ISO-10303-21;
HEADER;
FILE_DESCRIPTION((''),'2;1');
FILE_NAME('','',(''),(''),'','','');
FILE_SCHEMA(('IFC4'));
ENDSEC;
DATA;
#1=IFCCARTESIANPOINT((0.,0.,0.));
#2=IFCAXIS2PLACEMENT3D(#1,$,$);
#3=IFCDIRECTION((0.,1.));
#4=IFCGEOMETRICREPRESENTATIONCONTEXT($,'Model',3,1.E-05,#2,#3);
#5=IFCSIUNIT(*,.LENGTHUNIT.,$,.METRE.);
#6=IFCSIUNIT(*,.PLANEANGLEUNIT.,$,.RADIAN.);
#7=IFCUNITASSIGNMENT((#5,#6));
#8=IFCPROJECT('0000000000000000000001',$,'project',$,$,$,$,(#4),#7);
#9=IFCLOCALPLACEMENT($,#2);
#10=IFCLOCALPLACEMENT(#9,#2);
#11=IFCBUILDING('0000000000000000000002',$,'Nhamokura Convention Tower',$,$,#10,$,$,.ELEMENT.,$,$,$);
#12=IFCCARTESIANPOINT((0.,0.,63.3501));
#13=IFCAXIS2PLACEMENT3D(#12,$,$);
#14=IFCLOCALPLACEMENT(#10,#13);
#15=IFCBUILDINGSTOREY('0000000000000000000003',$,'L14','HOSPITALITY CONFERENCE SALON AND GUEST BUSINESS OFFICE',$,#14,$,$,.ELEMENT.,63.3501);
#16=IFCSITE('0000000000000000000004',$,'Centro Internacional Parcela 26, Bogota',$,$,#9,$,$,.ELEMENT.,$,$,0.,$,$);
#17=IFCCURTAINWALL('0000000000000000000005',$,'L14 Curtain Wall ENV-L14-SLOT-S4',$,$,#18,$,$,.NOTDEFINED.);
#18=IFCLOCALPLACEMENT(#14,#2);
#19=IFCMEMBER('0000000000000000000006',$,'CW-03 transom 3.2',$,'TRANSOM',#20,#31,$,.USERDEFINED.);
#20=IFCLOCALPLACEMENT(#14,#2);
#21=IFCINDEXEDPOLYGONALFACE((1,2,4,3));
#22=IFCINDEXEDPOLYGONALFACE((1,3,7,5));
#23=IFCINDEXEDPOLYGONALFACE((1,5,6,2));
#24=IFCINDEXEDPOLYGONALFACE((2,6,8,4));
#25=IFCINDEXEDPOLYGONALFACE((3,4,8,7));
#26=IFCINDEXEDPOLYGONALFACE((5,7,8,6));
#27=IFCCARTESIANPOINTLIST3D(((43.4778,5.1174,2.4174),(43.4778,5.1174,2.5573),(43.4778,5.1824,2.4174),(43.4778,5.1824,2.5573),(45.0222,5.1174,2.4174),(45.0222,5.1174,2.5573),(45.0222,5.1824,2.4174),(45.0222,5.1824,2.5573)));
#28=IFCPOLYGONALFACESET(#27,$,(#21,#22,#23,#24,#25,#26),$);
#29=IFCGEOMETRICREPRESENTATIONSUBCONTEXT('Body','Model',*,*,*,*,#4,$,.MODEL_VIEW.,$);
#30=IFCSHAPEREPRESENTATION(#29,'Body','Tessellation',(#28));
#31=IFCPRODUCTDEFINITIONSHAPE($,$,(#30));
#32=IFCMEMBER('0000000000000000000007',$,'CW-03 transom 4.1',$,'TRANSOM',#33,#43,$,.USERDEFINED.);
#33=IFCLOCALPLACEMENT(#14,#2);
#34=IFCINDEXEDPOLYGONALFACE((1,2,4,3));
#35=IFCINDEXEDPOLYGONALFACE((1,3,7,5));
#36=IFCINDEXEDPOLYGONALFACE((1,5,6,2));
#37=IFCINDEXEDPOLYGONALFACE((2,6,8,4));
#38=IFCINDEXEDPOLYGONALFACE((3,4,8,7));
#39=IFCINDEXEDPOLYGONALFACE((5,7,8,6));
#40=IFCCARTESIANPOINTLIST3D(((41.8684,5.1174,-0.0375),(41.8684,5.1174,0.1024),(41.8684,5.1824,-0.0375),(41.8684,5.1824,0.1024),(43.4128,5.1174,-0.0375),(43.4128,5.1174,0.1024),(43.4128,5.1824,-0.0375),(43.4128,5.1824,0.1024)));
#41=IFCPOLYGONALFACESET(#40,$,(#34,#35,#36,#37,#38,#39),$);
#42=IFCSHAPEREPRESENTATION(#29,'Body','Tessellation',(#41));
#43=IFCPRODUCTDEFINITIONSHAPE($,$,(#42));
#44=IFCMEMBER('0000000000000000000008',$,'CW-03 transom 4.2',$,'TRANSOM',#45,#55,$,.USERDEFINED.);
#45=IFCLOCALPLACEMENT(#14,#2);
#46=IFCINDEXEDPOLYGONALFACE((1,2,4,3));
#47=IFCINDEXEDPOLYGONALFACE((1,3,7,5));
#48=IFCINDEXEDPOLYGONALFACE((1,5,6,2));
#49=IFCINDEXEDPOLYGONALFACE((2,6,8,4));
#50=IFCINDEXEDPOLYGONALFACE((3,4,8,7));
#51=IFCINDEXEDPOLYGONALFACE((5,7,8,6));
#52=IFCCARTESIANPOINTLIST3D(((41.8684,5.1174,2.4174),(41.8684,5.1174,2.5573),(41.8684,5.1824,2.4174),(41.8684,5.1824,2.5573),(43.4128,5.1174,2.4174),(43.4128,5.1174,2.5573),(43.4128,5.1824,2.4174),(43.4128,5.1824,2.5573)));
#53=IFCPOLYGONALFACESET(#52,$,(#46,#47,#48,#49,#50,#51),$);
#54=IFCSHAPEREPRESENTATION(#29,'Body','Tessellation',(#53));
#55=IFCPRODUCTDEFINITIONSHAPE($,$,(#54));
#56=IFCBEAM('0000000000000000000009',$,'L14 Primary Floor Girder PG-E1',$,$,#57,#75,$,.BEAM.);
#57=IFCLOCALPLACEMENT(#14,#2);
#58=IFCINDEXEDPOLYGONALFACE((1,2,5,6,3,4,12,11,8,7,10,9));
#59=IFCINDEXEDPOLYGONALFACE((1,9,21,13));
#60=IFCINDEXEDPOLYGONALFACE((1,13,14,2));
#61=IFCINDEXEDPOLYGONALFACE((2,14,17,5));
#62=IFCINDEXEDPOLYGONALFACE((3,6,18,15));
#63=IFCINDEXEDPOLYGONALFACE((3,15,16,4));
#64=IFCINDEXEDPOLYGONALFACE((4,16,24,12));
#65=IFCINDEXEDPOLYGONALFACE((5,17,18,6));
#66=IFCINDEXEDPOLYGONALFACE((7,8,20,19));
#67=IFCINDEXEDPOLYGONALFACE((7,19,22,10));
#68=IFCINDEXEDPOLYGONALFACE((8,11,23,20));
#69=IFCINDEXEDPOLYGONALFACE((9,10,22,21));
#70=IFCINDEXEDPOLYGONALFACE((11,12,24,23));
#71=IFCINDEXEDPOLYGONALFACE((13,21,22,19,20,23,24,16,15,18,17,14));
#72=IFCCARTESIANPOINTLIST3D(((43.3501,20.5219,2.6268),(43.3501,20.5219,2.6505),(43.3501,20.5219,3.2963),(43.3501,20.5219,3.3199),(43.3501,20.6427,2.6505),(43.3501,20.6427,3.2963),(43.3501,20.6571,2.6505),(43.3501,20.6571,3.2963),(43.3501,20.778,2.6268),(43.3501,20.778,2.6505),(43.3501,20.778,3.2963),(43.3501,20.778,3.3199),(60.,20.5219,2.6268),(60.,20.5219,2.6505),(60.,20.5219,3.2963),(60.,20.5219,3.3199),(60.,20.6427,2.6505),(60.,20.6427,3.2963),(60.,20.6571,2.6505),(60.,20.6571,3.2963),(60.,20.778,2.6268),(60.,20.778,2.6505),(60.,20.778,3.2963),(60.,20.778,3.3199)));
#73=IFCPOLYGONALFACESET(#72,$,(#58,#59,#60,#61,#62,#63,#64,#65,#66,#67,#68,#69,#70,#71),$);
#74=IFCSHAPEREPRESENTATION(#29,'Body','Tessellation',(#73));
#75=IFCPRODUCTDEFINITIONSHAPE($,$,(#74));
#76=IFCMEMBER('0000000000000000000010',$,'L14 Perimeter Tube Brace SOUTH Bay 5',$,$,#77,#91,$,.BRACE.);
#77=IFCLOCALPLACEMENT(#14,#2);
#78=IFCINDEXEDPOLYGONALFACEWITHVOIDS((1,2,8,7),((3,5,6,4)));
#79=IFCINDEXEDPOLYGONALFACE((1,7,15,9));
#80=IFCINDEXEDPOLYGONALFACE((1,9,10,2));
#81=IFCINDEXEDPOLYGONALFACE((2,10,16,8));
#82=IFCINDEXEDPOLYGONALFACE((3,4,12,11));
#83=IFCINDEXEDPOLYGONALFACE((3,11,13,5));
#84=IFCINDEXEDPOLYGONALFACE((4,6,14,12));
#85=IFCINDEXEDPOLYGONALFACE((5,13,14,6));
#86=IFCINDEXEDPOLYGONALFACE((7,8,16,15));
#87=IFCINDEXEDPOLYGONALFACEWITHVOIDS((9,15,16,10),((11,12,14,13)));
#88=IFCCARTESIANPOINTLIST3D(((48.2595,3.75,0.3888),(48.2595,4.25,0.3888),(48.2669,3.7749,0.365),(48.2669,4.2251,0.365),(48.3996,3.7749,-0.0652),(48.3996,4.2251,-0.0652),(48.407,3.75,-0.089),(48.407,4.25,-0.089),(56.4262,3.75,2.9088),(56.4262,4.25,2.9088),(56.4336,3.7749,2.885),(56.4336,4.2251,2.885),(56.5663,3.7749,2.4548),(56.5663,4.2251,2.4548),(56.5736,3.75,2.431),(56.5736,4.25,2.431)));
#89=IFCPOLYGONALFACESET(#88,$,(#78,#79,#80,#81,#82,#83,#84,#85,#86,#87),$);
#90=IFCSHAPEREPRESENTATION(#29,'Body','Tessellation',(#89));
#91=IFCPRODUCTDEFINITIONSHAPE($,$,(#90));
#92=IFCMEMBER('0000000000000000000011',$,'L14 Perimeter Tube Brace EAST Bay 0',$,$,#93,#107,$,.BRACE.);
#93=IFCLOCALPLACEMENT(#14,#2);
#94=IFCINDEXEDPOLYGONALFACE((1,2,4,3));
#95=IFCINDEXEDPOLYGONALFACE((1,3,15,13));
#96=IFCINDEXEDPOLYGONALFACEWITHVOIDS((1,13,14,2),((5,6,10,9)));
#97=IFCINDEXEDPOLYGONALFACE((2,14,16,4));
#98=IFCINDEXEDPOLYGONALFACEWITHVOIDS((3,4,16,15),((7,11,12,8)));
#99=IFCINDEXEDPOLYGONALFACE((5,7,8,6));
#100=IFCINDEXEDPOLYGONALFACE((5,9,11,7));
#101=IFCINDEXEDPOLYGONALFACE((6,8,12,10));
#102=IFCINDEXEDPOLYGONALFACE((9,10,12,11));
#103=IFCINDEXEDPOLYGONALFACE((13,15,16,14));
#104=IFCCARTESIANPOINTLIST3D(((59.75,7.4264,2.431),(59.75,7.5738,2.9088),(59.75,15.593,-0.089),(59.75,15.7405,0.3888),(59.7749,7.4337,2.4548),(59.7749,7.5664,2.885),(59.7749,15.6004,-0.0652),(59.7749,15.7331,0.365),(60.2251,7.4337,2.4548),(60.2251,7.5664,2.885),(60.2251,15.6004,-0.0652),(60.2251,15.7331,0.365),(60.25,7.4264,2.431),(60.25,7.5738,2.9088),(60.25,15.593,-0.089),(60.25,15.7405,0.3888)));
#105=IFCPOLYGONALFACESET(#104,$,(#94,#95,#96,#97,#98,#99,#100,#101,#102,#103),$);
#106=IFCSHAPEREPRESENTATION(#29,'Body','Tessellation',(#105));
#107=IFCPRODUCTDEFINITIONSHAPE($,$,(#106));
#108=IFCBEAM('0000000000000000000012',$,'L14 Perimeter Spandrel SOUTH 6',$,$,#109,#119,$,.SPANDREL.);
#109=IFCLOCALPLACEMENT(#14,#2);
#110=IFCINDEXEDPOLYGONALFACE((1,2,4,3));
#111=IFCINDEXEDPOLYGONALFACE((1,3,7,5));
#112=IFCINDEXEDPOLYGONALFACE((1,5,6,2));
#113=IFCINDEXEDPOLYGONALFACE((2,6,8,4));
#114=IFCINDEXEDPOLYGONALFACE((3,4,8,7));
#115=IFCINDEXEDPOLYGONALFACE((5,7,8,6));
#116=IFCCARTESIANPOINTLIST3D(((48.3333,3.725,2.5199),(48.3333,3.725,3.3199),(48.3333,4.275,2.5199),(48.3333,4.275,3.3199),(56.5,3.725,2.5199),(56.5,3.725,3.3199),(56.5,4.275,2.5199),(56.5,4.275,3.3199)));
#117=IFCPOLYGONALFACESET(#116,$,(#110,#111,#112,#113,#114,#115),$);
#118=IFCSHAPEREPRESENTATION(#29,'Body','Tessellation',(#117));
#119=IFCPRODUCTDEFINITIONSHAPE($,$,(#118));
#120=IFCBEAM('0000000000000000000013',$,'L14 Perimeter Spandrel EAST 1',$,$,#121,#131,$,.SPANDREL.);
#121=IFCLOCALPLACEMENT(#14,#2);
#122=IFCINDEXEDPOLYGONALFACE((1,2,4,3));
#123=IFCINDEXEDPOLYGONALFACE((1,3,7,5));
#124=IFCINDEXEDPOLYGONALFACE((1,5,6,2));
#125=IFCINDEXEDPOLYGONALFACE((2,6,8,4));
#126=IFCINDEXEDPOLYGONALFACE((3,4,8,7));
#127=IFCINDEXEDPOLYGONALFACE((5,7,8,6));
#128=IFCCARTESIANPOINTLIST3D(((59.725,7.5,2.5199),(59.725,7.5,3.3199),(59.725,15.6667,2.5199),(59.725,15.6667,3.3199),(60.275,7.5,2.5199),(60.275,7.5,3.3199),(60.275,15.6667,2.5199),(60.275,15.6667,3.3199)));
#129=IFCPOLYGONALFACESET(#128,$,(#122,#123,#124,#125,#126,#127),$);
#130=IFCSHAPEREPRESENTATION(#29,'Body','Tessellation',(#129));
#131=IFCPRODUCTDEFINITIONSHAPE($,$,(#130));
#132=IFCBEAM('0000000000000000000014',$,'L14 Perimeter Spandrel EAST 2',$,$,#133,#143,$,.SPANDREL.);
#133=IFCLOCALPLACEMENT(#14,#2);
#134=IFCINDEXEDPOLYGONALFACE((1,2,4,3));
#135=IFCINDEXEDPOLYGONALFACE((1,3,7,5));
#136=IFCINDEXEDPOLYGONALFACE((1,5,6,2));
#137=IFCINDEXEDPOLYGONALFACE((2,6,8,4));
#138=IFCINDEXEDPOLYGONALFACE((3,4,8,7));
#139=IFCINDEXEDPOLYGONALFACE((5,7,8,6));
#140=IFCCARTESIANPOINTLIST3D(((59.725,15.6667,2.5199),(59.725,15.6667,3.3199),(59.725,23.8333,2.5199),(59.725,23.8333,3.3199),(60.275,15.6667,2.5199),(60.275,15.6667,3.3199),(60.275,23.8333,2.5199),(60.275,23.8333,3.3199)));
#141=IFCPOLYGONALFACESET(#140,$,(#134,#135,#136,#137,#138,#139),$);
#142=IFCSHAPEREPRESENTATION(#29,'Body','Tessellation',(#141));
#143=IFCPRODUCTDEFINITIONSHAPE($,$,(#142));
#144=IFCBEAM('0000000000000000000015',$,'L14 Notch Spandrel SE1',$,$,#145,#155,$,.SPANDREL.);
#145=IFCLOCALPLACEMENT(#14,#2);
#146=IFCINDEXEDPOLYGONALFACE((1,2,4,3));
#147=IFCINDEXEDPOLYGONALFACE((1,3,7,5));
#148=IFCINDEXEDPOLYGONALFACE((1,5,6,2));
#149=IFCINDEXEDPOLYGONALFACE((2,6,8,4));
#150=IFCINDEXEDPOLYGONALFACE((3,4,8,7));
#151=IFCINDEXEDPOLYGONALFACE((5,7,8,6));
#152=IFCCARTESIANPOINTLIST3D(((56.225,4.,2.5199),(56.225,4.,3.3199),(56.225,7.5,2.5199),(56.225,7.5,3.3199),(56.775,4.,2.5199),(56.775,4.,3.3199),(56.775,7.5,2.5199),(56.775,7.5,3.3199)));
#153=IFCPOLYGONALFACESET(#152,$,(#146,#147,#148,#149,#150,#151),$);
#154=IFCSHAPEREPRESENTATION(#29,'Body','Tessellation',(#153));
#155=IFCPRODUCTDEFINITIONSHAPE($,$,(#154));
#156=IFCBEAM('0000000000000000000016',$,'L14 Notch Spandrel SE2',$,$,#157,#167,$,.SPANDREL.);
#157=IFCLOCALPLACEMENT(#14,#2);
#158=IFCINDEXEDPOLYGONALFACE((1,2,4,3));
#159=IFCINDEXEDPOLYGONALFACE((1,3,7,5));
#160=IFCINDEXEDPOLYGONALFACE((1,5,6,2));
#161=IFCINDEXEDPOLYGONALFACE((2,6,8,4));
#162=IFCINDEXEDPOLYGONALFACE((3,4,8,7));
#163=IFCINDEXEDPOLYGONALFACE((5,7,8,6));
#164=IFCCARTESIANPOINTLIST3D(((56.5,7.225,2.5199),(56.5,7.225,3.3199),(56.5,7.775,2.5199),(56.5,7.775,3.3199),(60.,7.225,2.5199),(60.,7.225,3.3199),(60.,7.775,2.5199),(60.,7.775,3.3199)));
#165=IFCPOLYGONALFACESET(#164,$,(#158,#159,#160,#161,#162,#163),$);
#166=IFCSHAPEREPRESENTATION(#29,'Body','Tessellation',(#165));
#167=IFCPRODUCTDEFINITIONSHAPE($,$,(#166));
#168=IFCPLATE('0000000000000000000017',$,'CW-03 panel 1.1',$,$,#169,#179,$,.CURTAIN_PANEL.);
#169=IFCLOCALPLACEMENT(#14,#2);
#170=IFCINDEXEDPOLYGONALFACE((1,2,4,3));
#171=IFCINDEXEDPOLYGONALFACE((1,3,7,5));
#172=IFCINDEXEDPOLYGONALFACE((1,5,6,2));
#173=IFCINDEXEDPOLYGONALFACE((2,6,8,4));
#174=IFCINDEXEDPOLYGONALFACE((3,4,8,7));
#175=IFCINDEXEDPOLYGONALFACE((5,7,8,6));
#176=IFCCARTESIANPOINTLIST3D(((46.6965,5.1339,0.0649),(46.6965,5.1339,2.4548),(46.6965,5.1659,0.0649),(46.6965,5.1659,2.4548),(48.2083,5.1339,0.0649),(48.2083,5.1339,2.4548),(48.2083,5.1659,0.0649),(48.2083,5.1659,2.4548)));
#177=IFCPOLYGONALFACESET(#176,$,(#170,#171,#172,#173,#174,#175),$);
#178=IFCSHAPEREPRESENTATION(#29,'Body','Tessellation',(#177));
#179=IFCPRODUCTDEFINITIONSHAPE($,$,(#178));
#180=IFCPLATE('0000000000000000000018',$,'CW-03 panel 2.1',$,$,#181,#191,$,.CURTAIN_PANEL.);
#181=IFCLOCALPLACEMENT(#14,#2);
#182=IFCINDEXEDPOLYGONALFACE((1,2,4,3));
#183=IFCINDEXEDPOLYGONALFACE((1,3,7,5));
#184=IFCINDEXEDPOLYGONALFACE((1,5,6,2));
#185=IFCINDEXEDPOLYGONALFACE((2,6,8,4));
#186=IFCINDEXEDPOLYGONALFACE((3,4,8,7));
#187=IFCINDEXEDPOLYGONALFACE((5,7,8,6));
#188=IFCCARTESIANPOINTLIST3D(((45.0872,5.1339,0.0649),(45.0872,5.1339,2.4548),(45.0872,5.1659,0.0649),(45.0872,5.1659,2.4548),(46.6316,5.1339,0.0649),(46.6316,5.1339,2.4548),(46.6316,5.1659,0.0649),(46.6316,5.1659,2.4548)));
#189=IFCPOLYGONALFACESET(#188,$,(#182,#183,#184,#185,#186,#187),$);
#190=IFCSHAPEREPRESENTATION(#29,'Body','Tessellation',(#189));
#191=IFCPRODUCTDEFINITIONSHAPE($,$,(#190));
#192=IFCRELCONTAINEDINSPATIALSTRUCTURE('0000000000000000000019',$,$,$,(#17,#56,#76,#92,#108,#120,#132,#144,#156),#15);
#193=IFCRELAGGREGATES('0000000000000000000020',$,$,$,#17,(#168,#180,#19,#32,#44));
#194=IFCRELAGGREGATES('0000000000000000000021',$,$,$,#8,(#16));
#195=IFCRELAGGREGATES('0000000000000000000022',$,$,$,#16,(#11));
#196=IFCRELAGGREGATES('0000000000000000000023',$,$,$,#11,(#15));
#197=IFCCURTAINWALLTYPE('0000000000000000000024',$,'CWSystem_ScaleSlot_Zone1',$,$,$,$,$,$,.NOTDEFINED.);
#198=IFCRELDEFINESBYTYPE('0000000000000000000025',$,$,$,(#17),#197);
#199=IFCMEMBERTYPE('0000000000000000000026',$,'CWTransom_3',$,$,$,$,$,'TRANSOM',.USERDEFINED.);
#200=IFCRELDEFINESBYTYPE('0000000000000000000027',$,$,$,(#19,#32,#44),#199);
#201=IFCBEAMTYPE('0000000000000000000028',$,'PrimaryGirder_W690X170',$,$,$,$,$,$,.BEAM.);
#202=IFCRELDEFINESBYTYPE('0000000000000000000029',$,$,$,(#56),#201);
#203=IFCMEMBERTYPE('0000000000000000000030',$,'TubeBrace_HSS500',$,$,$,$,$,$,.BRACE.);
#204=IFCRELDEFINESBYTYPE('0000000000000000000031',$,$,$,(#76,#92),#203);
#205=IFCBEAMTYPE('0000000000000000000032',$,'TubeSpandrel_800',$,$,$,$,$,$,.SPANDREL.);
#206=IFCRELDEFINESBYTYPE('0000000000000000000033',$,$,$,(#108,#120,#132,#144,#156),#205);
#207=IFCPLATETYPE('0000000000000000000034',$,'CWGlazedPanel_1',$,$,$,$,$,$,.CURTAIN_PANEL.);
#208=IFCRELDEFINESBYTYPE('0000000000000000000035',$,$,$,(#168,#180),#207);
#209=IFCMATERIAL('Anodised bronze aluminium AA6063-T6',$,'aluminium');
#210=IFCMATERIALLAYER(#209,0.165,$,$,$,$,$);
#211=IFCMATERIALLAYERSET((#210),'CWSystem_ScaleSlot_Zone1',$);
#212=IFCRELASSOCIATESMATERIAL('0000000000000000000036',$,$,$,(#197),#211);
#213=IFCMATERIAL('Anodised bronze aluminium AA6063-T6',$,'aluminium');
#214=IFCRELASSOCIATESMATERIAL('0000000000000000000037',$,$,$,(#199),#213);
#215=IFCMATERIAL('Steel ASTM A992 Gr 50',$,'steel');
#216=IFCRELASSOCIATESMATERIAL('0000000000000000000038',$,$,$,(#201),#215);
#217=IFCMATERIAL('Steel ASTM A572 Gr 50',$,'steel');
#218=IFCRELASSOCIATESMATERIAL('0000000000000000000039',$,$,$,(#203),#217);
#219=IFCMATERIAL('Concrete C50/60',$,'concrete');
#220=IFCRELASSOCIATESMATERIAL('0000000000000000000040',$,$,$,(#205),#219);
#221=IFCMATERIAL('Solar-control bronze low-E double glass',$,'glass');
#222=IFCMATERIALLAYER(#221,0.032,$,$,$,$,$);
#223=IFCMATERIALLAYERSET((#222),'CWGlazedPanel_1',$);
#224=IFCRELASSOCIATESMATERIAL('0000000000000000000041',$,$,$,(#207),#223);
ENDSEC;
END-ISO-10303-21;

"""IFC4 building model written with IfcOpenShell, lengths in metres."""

from ifc_helpers import new_model, si_unit, direction, frame, origin, origin_2d, place, context, subcontext, project, spatial, rectangle, hollow_rectangle, i_section, extrude, material, layer, layer_set, material_profile, profile_set, type_object, element, aggregate, save


model = new_model("IFC4")

# Units and contexts
model_context = context("Model", 3, precision=1e-05, world=origin(), true_north=direction((0.0, 1.0)))
body_context = subcontext(model_context, "Body", "Model", "MODEL_VIEW")
ifc_project = project(units=[si_unit("LENGTHUNIT", "METRE"), si_unit("PLANEANGLEUNIT", "RADIAN")], contexts=[model_context])

# Site, building, storey
site_placement = place(None, origin())
site = spatial("IfcSite", under=ifc_project, at=site_placement, Name="Centro Internacional Parcela 26, Bogota", CompositionType="ELEMENT", RefElevation=0.0)
building_placement = place(site_placement, origin())
building = spatial("IfcBuilding", under=site, at=building_placement, Name="Nhamokura Convention Tower", CompositionType="ELEMENT")
storey_placement = place(building_placement, frame((0.0, 0.0, 63.3501)))
storey = spatial("IfcBuildingStorey", under=building, at=storey_placement, Name="L14", Description="HOSPITALITY CONFERENCE SALON AND GUEST BUSINESS OFFICE", CompositionType="ELEMENT", Elevation=63.3501)

# Curtain wall, members
ifc_material_1 = material(Name="Anodised bronze aluminium AA6063-T6", Category="aluminium")
ifc_layer_1 = layer(ifc_material_1, 0.165)
ifc_layer_set_1 = layer_set([ifc_layer_1], Name="CWSystem_ScaleSlot_Zone1")
curtain_wall_type = type_object("IfcCurtainWallType", Name="CWSystem_ScaleSlot_Zone1", PredefinedType="NOTDEFINED", material=ifc_layer_set_1)
curtain_wall_placement = place(storey_placement, origin())
curtain_wall = element("IfcCurtainWall", 1, at=curtain_wall_placement, inside=storey, type_object=curtain_wall_type, Name="L14 Curtain Wall ENV-L14-SLOT-S4", PredefinedType="NOTDEFINED")
ifc_material_2 = material(Name="Anodised bronze aluminium AA6063-T6", Category="aluminium")
ifc_material_profile_1 = material_profile(ifc_material_2, rectangle(XDim=0.0649, YDim=0.1399, at=origin_2d()))
ifc_profile_set_1 = profile_set([ifc_material_profile_1], Name="Anodised bronze aluminium AA6063-T6")
member_type_1 = type_object("IfcMemberType", Name="CWTransom_3", ElementType="TRANSOM", PredefinedType="USERDEFINED", material=ifc_profile_set_1)
member_1_placement = place(storey_placement, frame((45.0222, 5.1499, 2.4873), z_axis=(-1.0, 0.0, 0.0), x_axis=(0.0, -1.0, 0.0)))
member_1 = element("IfcMember", 2, at=member_1_placement, type_object=member_type_1, Name="CW-03 transom 3.2", ObjectType="TRANSOM", PredefinedType="USERDEFINED", context=body_context, shape_type="SweptSolid", body=[
    extrude(rectangle(XDim=0.0649, YDim=0.1399, at=origin_2d()), origin(), (0.0, 0.0, 1.0), 1.5444),
])
member_2_placement = place(storey_placement, frame((43.4128, 5.1499, 0.0325), z_axis=(-1.0, 0.0, 0.0), x_axis=(0.0, -1.0, 0.0)))
member_2 = element("IfcMember", 3, at=member_2_placement, type_object=member_type_1, Name="CW-03 transom 4.1", ObjectType="TRANSOM", PredefinedType="USERDEFINED", context=body_context, shape_type="SweptSolid", body=[
    extrude(rectangle(XDim=0.0649, YDim=0.1399, at=origin_2d()), origin(), (0.0, 0.0, 1.0), 1.5444),
])
member_3_placement = place(storey_placement, frame((43.4128, 5.1499, 2.4873), z_axis=(-1.0, 0.0, 0.0), x_axis=(0.0, -1.0, 0.0)))
member_3 = element("IfcMember", 4, at=member_3_placement, type_object=member_type_1, Name="CW-03 transom 4.2", ObjectType="TRANSOM", PredefinedType="USERDEFINED", context=body_context, shape_type="SweptSolid", body=[
    extrude(rectangle(XDim=0.0649, YDim=0.1399, at=origin_2d()), origin(), (0.0, 0.0, 1.0), 1.5444),
])

# Beam
ifc_material_3 = material(Name="Steel ASTM A992 Gr 50", Category="steel")
ifc_material_profile_2 = material_profile(ifc_material_3, i_section(OverallWidth=0.2561, OverallDepth=0.6931, WebThickness=0.0144, FlangeThickness=0.0237, at=origin_2d()))
ifc_profile_set_2 = profile_set([ifc_material_profile_2], Name="Steel ASTM A992 Gr 50")
beam_type_1 = type_object("IfcBeamType", Name="PrimaryGirder_W690X170", PredefinedType="BEAM", material=ifc_profile_set_2)
beam_1_placement = place(storey_placement, frame((43.3501, 20.6499, 2.9734), z_axis=(1.0, 0.0, 0.0), x_axis=(0.0, 1.0, 0.0)))
element("IfcBeam", 5, at=beam_1_placement, inside=storey, type_object=beam_type_1, Name="L14 Primary Floor Girder PG-E1", PredefinedType="BEAM", context=body_context, shape_type="SweptSolid", body=[
    extrude(i_section(OverallWidth=0.2561, OverallDepth=0.6931, WebThickness=0.0144, FlangeThickness=0.0237, at=origin_2d()), origin(), (0.0, 0.0, 1.0), 16.6499),
])

# Members
ifc_material_4 = material(Name="Steel ASTM A572 Gr 50", Category="steel")
ifc_material_profile_3 = material_profile(ifc_material_4, hollow_rectangle(XDim=0.5, YDim=0.5, WallThickness=0.0249, at=origin_2d()))
ifc_profile_set_3 = profile_set([ifc_material_profile_3], Name="Steel ASTM A572 Gr 50")
member_type_2 = type_object("IfcMemberType", Name="TubeBrace_HSS500", PredefinedType="BRACE", material=ifc_profile_set_3)
for number, where, z_axis, x_axis, name in (
    (6, (48.3333, 4.0, 0.1499), (0.955543, 0.0, 0.294853), (0.0, 1.0, 0.0), "L14 Perimeter Tube Brace SOUTH Bay 5"),
    (7, (60.0, 15.6667, 0.1499), (0.0, -0.955543, 0.294853), (1.0, 0.0, 0.0), "L14 Perimeter Tube Brace EAST Bay 0"),
):
    element("IfcMember", number, at=place(storey_placement, frame(where, z_axis=z_axis, x_axis=x_axis)), inside=storey, type_object=member_type_2, Name=name, PredefinedType="BRACE", context=body_context, shape_type="SweptSolid", body=[
        extrude(hollow_rectangle(XDim=0.5, YDim=0.5, WallThickness=0.0249, at=origin_2d()), origin(), (0.0, 0.0, 1.0), 8.5466),
    ])

# Beams
ifc_material_5 = material(Name="Concrete C50/60", Category="concrete")
ifc_material_profile_4 = material_profile(ifc_material_5, rectangle(XDim=0.55, YDim=0.8, at=origin_2d()))
ifc_profile_set_4 = profile_set([ifc_material_profile_4], Name="Concrete C50/60")
beam_type_2 = type_object("IfcBeamType", Name="TubeSpandrel_800", PredefinedType="SPANDREL", material=ifc_profile_set_4)
for number, where, z_axis, x_axis, name in (
    (8, (48.3333, 4.0, 2.9199), (1.0, 0.0, 0.0), (0.0, 1.0, 0.0), "L14 Perimeter Spandrel SOUTH 6"),
    (9, (60.0, 7.5, 2.9199), (0.0, 1.0, 0.0), (-1.0, 0.0, 0.0), "L14 Perimeter Spandrel EAST 1"),
):
    element("IfcBeam", number, at=place(storey_placement, frame(where, z_axis=z_axis, x_axis=x_axis)), inside=storey, type_object=beam_type_2, Name=name, PredefinedType="SPANDREL", context=body_context, shape_type="SweptSolid", body=[
        extrude(rectangle(XDim=0.55, YDim=0.8, at=origin_2d()), origin(), (0.0, 0.0, 1.0), 8.1667),
    ])
beam_2_placement = place(storey_placement, frame((60.0, 15.6667, 2.9199), z_axis=(0.0, 1.0, 0.0), x_axis=(-1.0, 0.0, 0.0)))
element("IfcBeam", 10, at=beam_2_placement, inside=storey, type_object=beam_type_2, Name="L14 Perimeter Spandrel EAST 2", PredefinedType="SPANDREL", context=body_context, shape_type="SweptSolid", body=[
    extrude(rectangle(XDim=0.55, YDim=0.8, at=origin_2d()), origin(), (0.0, 0.0, 1.0), 8.1665),
])
for number, where, z_axis, x_axis, name in (
    (11, (56.5, 4.0, 2.9199), (0.0, 1.0, 0.0), (-1.0, 0.0, 0.0), "L14 Notch Spandrel SE1"),
    (12, (56.5, 7.5, 2.9199), (1.0, 0.0, 0.0), (0.0, 1.0, 0.0), "L14 Notch Spandrel SE2"),
):
    element("IfcBeam", number, at=place(storey_placement, frame(where, z_axis=z_axis, x_axis=x_axis)), inside=storey, type_object=beam_type_2, Name=name, PredefinedType="SPANDREL", context=body_context, shape_type="SweptSolid", body=[
        extrude(rectangle(XDim=0.55, YDim=0.8, at=origin_2d()), origin(), (0.0, 0.0, 1.0), 3.5),
    ])

# Plates
ifc_material_6 = material(Name="Solar-control bronze low-E double glass", Category="glass")
ifc_layer_2 = layer(ifc_material_6, 0.032)
ifc_layer_set_2 = layer_set([ifc_layer_2], Name="CWGlazedPanel_1")
plate_type = type_object("IfcPlateType", Name="CWGlazedPanel_1", PredefinedType="CURTAIN_PANEL", material=ifc_layer_set_2)
plate_1_placement = place(storey_placement, frame((47.4524, 5.1499, 0.0649), z_axis=(0.0, 0.0, 1.0), x_axis=(-1.0, 0.0, 0.0)))
plate_1 = element("IfcPlate", 13, at=plate_1_placement, type_object=plate_type, Name="CW-03 panel 1.1", PredefinedType="CURTAIN_PANEL", context=body_context, shape_type="SweptSolid", body=[
    extrude(rectangle(XDim=1.5117, YDim=0.032, at=origin_2d()), origin(), (0.0, 0.0, 1.0), 2.3899),
])
plate_2_placement = place(storey_placement, frame((45.8594, 5.1499, 0.0649), z_axis=(0.0, 0.0, 1.0), x_axis=(-1.0, 0.0, 0.0)))
plate_2 = element("IfcPlate", 14, at=plate_2_placement, type_object=plate_type, Name="CW-03 panel 2.1", PredefinedType="CURTAIN_PANEL", context=body_context, shape_type="SweptSolid", body=[
    extrude(rectangle(XDim=1.5444, YDim=0.032, at=origin_2d()), origin(), (0.0, 0.0, 1.0), 2.3899),
])
aggregate(curtain_wall, [plate_1, plate_2, member_1, member_2, member_3])

save(model, "model.ifc")
